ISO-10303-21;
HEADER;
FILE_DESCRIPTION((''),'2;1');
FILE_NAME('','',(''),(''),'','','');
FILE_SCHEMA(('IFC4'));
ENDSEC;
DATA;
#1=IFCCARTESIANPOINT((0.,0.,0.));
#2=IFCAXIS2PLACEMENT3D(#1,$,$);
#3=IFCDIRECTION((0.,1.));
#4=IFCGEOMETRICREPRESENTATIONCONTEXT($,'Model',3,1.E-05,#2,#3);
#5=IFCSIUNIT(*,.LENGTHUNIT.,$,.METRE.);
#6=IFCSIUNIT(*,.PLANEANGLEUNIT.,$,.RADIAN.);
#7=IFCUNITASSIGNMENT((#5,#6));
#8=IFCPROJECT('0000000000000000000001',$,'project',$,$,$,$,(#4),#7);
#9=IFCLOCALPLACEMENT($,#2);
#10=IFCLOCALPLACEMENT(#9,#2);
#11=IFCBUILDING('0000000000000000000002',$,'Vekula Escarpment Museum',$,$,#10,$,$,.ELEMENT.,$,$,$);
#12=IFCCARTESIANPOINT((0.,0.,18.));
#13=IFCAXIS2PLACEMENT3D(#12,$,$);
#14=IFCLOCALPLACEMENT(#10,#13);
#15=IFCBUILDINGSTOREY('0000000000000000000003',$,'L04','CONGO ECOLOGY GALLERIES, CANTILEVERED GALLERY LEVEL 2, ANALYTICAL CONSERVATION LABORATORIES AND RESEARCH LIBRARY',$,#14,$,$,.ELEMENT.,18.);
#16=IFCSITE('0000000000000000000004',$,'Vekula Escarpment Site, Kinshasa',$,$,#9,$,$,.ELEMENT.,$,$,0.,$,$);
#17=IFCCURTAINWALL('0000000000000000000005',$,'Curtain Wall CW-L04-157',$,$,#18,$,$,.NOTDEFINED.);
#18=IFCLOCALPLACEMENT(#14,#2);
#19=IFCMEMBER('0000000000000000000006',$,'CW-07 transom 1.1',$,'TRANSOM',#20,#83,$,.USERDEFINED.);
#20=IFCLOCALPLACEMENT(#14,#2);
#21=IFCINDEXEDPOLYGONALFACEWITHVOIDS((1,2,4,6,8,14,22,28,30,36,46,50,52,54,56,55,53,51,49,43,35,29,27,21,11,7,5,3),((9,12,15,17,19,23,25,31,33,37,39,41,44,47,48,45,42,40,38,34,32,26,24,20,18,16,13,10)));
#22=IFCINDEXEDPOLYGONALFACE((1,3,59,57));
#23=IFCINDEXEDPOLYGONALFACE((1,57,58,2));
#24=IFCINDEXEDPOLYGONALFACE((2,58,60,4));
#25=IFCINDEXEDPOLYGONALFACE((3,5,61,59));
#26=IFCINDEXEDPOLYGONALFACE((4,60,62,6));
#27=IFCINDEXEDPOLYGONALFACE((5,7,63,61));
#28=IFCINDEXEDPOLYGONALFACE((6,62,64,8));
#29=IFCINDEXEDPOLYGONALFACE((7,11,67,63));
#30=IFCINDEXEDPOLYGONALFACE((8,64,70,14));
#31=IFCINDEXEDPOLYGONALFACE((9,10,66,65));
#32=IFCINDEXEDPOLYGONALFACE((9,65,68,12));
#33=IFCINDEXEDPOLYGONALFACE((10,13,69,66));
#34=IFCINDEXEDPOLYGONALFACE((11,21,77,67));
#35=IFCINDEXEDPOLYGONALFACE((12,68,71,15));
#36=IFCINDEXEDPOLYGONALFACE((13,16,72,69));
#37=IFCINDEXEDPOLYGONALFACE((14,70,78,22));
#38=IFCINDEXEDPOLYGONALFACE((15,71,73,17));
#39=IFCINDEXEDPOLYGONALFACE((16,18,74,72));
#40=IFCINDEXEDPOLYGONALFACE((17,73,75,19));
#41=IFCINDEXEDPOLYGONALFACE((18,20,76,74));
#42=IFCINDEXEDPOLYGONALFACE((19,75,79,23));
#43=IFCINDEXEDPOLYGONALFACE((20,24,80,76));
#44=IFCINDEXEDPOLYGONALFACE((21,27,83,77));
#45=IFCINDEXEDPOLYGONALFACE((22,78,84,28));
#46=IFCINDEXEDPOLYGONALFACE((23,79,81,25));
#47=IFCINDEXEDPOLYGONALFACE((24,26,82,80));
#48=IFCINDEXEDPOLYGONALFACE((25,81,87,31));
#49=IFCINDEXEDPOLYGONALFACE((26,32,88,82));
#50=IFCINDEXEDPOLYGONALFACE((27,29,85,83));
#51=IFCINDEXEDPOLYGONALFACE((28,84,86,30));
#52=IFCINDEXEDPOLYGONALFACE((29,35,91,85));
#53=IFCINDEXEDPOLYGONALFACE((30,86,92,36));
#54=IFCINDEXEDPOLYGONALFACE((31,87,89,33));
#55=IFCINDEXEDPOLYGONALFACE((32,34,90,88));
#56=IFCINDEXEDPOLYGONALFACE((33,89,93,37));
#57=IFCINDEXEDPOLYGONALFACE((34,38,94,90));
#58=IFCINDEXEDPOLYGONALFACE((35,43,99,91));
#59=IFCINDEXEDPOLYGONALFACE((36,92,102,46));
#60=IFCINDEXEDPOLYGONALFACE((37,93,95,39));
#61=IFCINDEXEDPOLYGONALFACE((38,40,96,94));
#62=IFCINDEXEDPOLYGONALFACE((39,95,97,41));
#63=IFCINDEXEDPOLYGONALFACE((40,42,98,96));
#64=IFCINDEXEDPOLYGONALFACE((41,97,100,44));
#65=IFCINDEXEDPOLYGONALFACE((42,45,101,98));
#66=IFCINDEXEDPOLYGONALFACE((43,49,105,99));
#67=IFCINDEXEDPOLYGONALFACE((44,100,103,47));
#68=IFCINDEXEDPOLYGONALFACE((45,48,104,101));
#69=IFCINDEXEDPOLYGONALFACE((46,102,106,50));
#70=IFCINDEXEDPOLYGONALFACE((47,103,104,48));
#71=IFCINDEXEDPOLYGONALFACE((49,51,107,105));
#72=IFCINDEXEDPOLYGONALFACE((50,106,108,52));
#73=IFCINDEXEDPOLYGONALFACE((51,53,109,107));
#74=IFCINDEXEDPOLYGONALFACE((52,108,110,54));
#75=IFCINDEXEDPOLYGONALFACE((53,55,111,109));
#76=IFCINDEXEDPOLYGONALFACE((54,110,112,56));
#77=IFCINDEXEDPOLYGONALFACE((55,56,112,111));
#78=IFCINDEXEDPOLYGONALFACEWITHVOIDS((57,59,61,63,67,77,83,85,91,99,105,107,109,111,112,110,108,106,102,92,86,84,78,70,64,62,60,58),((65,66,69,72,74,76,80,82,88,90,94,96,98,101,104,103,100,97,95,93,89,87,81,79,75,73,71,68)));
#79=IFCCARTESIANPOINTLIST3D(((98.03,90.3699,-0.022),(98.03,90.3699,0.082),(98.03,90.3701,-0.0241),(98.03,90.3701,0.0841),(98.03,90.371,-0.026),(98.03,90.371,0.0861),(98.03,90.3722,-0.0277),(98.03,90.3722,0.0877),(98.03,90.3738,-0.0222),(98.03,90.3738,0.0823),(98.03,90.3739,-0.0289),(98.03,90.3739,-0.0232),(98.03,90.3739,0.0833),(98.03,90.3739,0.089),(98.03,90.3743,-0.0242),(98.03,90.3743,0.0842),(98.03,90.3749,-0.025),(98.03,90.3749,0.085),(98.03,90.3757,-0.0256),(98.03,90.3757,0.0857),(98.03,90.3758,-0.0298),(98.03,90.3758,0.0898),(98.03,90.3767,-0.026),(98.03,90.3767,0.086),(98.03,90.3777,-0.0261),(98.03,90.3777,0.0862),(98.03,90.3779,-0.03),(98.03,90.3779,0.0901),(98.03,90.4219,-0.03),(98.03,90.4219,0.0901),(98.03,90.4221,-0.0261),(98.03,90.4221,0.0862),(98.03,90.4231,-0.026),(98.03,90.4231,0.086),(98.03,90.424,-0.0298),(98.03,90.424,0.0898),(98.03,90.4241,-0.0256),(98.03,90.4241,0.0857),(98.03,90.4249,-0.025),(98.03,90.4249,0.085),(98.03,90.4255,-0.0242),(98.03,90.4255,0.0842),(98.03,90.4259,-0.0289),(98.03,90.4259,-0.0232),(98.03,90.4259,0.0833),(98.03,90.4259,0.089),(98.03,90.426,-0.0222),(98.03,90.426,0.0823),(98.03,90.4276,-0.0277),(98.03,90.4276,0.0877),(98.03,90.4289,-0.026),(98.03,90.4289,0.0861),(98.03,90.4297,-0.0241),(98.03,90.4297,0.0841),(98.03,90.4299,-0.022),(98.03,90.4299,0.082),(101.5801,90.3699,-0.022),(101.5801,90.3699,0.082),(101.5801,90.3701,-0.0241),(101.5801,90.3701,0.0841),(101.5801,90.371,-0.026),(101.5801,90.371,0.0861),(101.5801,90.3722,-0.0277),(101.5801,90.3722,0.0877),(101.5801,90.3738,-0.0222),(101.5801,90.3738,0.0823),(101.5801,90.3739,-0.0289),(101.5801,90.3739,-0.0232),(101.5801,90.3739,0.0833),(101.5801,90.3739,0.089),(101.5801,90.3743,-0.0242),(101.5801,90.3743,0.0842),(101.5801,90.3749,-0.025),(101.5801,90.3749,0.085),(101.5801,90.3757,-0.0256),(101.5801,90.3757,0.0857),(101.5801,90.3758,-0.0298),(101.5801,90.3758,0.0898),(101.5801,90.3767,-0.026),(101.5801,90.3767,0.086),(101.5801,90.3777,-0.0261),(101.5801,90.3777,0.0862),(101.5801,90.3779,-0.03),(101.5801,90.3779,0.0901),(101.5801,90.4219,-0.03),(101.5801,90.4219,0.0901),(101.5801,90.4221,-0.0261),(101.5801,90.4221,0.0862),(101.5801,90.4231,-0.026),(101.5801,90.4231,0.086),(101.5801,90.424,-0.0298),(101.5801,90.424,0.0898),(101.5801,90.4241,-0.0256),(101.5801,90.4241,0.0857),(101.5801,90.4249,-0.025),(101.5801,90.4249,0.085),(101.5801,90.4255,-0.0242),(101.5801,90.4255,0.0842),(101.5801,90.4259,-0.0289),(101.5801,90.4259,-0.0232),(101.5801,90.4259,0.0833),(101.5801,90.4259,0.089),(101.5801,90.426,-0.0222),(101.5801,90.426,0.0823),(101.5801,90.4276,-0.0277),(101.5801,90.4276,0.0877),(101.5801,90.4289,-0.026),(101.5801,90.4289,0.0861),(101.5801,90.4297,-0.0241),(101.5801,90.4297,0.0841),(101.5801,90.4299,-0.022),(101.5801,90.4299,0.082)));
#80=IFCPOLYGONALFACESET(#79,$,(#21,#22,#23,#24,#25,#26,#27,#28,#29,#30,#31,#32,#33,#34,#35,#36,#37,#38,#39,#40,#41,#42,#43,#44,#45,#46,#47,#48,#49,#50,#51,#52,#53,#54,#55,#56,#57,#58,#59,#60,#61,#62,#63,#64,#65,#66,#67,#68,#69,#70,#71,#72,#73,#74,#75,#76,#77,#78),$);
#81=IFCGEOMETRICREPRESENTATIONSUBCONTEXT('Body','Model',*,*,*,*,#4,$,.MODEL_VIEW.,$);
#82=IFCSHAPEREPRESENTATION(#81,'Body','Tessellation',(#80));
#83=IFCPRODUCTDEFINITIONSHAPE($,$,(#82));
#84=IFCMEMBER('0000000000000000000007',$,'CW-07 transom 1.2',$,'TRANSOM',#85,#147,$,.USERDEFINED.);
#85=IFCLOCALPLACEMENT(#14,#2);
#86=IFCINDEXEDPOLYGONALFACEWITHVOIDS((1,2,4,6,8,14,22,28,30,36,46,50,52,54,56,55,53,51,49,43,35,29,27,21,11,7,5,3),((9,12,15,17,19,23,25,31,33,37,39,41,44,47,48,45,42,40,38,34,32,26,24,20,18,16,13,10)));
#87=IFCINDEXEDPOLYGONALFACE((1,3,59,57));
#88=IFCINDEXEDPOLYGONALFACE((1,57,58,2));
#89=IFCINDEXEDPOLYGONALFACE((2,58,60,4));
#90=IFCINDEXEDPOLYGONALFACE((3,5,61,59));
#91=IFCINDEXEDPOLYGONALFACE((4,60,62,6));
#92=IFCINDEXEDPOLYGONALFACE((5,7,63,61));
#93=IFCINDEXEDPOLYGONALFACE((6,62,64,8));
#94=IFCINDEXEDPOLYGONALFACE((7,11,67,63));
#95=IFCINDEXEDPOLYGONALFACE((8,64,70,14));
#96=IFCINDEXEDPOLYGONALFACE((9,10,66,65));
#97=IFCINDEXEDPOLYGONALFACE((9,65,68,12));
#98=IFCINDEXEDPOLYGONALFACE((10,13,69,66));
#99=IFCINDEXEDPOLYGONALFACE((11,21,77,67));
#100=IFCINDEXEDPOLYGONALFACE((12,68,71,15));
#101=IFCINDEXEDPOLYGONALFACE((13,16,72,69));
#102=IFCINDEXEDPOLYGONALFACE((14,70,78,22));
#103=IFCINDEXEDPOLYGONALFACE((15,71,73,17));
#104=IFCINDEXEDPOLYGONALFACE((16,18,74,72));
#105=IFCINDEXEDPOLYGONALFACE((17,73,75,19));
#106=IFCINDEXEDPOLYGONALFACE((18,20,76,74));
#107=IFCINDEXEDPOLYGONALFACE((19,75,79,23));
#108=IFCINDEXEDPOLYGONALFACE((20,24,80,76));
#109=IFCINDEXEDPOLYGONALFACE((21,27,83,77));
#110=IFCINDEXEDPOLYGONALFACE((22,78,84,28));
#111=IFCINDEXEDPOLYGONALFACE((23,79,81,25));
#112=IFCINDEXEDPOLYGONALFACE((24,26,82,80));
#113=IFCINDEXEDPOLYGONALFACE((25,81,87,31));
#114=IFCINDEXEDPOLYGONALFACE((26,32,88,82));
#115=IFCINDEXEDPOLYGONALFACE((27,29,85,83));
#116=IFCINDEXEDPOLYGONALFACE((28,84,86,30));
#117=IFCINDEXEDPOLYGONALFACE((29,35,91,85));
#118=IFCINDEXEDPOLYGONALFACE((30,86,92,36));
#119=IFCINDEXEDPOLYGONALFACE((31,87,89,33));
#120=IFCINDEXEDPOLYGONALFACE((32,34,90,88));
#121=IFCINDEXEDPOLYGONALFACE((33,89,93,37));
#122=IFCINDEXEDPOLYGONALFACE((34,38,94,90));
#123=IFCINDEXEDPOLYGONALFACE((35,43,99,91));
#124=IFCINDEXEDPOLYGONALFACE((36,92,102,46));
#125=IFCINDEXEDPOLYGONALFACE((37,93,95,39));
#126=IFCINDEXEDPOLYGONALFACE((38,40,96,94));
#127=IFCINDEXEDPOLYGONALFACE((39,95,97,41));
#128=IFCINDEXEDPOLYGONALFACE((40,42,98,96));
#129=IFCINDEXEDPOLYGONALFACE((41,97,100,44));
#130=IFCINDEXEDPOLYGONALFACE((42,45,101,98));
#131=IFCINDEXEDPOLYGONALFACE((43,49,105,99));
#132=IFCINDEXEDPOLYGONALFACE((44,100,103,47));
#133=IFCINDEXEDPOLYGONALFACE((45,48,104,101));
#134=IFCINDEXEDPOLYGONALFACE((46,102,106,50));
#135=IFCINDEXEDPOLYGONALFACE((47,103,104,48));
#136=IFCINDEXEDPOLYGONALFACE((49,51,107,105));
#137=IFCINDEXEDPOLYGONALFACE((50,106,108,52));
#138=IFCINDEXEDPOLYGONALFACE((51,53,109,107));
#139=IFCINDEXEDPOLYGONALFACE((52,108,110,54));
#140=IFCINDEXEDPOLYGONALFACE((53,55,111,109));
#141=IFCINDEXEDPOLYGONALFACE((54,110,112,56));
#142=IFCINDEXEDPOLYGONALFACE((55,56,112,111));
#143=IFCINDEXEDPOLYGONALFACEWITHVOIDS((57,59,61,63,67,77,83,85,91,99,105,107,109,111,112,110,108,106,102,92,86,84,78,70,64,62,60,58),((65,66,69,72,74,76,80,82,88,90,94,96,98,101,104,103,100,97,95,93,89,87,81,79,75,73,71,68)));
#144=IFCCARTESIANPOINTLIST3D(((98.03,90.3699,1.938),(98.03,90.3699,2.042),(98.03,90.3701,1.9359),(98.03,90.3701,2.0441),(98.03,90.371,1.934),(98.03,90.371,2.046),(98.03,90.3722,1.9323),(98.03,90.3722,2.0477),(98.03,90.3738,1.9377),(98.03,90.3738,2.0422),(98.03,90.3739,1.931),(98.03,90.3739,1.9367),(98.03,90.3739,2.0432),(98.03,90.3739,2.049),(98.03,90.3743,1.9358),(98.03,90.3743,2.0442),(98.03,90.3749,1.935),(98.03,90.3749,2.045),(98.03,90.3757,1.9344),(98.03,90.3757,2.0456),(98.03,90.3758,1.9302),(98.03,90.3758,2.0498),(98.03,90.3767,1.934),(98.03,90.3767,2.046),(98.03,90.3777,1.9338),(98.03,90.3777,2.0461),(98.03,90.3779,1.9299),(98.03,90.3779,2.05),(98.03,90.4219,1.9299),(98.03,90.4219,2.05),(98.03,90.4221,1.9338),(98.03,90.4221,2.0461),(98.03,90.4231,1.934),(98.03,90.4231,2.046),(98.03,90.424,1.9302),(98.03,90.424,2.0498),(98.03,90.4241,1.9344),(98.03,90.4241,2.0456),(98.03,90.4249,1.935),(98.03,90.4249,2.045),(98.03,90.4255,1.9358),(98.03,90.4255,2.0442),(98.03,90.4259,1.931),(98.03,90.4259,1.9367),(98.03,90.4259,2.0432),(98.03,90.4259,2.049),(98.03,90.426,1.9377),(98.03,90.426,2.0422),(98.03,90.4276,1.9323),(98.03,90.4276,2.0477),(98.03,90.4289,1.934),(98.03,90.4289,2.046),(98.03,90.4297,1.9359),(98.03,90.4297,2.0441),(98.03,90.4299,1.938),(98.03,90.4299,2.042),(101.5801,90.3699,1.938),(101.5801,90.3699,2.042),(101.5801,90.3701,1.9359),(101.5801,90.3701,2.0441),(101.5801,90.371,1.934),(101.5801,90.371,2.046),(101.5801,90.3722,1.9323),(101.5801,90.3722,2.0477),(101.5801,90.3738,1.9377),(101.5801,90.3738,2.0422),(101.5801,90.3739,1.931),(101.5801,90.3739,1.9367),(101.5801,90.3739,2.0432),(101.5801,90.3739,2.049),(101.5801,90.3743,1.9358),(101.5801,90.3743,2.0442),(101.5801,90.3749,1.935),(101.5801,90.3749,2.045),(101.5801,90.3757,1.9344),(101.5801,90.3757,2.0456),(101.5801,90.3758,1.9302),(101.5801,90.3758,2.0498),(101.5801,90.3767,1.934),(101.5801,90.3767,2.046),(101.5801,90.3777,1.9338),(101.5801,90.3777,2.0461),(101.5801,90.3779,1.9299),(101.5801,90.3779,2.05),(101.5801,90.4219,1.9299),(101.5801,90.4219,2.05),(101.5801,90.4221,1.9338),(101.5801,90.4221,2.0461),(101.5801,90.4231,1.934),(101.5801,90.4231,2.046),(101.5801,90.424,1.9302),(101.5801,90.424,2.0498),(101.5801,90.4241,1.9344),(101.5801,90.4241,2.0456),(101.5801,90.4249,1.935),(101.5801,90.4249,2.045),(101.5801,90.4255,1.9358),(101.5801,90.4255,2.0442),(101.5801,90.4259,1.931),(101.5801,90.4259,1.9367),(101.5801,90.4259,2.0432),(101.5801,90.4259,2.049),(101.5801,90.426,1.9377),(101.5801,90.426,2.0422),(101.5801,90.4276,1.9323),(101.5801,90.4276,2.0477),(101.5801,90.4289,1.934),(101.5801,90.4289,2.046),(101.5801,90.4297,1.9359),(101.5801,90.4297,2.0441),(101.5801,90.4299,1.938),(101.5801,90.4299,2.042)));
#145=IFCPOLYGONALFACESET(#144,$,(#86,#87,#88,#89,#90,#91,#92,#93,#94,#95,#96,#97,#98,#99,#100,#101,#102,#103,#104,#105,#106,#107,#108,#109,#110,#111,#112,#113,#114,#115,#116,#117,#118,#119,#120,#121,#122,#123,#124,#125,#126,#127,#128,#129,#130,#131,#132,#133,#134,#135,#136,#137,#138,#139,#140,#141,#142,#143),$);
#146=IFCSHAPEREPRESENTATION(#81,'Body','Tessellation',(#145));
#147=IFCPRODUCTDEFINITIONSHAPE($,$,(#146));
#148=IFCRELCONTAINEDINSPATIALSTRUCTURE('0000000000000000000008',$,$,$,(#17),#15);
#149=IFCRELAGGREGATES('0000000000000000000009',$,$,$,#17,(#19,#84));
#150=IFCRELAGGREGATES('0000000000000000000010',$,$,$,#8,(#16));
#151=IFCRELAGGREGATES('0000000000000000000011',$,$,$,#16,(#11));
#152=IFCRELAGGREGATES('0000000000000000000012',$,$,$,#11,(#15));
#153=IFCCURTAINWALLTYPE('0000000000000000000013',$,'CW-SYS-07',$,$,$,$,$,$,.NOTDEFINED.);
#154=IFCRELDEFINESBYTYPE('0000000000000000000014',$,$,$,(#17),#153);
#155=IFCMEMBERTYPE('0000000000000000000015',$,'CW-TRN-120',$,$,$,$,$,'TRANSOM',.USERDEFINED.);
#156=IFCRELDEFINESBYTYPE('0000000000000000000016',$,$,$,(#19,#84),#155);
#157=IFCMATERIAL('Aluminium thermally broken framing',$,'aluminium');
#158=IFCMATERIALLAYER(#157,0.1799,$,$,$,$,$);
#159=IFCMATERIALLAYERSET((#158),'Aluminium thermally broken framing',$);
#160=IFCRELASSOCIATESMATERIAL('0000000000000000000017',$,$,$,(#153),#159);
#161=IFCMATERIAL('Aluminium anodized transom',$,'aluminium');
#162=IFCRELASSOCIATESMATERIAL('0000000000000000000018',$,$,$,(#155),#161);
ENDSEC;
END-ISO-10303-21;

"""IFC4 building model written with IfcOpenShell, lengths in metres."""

from ifc_helpers import new_model, si_unit, direction, frame, origin, origin_2d, place, context, subcontext, project, spatial, hollow_rectangle, extrude, material, layer, layer_set, material_profile, profile_set, type_object, element, aggregate, save


model = new_model("IFC4")

# Units and contexts
model_context = context("Model", 3, precision=1e-05, world=origin(), true_north=direction((0.0, 1.0)))
body_context = subcontext(model_context, "Body", "Model", "MODEL_VIEW")
ifc_project = project(units=[si_unit("LENGTHUNIT", "METRE"), si_unit("PLANEANGLEUNIT", "RADIAN")], contexts=[model_context])

# Site, building, storey
site_placement = place(None, origin())
site = spatial("IfcSite", under=ifc_project, at=site_placement, Name="Vekula Escarpment Site, Kinshasa", CompositionType="ELEMENT", RefElevation=0.0)
building_placement = place(site_placement, origin())
building = spatial("IfcBuilding", under=site, at=building_placement, Name="Vekula Escarpment Museum", CompositionType="ELEMENT")
storey_placement = place(building_placement, frame((0.0, 0.0, 18.0)))
storey = spatial("IfcBuildingStorey", under=building, at=storey_placement, Name="L04", Description="CONGO ECOLOGY GALLERIES, CANTILEVERED GALLERY LEVEL 2, ANALYTICAL CONSERVATION LABORATORIES AND RESEARCH LIBRARY", CompositionType="ELEMENT", Elevation=18.0)

# Curtain wall, members
ifc_material_1 = material(Name="Aluminium thermally broken framing", Category="aluminium")
ifc_layer_1 = layer(ifc_material_1, 0.1799)
ifc_layer_set_1 = layer_set([ifc_layer_1], Name="Aluminium thermally broken framing")
curtain_wall_type_1 = type_object("IfcCurtainWallType", Name="CW-SYS-07", PredefinedType="NOTDEFINED", material=ifc_layer_set_1)
curtain_wall_1_placement = place(storey_placement, origin())
curtain_wall_1 = element("IfcCurtainWall", 1, at=curtain_wall_1_placement, inside=storey, type_object=curtain_wall_type_1, Name="Curtain Wall CW-L04-157", PredefinedType="NOTDEFINED")
ifc_material_2 = material(Name="Aluminium anodized transom", Category="aluminium")
ifc_material_profile_1 = material_profile(ifc_material_2, hollow_rectangle(XDim=0.0601, YDim=0.1201, WallThickness=0.0039, InnerFilletRadius=0.0039, OuterFilletRadius=0.0081, at=origin_2d()), Name="ALU 120x60x4")
ifc_profile_set_1 = profile_set([ifc_material_profile_1], Name="Aluminium anodized transom")
member_type_1 = type_object("IfcMemberType", Name="CW-TRN-120", ElementType="TRANSOM", PredefinedType="USERDEFINED", material=ifc_profile_set_1)
member_1_placement = place(storey_placement, frame((101.5801, 90.3999, 0.03), z_axis=(-1.0, 0.0, 0.0), x_axis=(0.0, -1.0, 0.0)))
member_1 = element("IfcMember", 2, at=member_1_placement, type_object=member_type_1, Name="CW-07 transom 1.1", ObjectType="TRANSOM", PredefinedType="USERDEFINED", context=body_context, shape_type="SweptSolid", body=[
    extrude(hollow_rectangle(XDim=0.0601, YDim=0.1201, WallThickness=0.0039, InnerFilletRadius=0.0039, OuterFilletRadius=0.0081, at=origin_2d()), origin(), (0.0, 0.0, 1.0), 3.55),
])
member_2_placement = place(storey_placement, frame((101.5801, 90.3999, 1.99), z_axis=(-1.0, 0.0, 0.0), x_axis=(0.0, -1.0, 0.0)))
member_2 = element("IfcMember", 3, at=member_2_placement, type_object=member_type_1, Name="CW-07 transom 1.2", ObjectType="TRANSOM", PredefinedType="USERDEFINED", context=body_context, shape_type="SweptSolid", body=[
    extrude(hollow_rectangle(XDim=0.0601, YDim=0.1201, WallThickness=0.0039, InnerFilletRadius=0.0039, OuterFilletRadius=0.0081, at=origin_2d()), origin(), (0.0, 0.0, 1.0), 3.55),
])
aggregate(curtain_wall_1, [member_1, member_2])

save(model, "model.ifc")
